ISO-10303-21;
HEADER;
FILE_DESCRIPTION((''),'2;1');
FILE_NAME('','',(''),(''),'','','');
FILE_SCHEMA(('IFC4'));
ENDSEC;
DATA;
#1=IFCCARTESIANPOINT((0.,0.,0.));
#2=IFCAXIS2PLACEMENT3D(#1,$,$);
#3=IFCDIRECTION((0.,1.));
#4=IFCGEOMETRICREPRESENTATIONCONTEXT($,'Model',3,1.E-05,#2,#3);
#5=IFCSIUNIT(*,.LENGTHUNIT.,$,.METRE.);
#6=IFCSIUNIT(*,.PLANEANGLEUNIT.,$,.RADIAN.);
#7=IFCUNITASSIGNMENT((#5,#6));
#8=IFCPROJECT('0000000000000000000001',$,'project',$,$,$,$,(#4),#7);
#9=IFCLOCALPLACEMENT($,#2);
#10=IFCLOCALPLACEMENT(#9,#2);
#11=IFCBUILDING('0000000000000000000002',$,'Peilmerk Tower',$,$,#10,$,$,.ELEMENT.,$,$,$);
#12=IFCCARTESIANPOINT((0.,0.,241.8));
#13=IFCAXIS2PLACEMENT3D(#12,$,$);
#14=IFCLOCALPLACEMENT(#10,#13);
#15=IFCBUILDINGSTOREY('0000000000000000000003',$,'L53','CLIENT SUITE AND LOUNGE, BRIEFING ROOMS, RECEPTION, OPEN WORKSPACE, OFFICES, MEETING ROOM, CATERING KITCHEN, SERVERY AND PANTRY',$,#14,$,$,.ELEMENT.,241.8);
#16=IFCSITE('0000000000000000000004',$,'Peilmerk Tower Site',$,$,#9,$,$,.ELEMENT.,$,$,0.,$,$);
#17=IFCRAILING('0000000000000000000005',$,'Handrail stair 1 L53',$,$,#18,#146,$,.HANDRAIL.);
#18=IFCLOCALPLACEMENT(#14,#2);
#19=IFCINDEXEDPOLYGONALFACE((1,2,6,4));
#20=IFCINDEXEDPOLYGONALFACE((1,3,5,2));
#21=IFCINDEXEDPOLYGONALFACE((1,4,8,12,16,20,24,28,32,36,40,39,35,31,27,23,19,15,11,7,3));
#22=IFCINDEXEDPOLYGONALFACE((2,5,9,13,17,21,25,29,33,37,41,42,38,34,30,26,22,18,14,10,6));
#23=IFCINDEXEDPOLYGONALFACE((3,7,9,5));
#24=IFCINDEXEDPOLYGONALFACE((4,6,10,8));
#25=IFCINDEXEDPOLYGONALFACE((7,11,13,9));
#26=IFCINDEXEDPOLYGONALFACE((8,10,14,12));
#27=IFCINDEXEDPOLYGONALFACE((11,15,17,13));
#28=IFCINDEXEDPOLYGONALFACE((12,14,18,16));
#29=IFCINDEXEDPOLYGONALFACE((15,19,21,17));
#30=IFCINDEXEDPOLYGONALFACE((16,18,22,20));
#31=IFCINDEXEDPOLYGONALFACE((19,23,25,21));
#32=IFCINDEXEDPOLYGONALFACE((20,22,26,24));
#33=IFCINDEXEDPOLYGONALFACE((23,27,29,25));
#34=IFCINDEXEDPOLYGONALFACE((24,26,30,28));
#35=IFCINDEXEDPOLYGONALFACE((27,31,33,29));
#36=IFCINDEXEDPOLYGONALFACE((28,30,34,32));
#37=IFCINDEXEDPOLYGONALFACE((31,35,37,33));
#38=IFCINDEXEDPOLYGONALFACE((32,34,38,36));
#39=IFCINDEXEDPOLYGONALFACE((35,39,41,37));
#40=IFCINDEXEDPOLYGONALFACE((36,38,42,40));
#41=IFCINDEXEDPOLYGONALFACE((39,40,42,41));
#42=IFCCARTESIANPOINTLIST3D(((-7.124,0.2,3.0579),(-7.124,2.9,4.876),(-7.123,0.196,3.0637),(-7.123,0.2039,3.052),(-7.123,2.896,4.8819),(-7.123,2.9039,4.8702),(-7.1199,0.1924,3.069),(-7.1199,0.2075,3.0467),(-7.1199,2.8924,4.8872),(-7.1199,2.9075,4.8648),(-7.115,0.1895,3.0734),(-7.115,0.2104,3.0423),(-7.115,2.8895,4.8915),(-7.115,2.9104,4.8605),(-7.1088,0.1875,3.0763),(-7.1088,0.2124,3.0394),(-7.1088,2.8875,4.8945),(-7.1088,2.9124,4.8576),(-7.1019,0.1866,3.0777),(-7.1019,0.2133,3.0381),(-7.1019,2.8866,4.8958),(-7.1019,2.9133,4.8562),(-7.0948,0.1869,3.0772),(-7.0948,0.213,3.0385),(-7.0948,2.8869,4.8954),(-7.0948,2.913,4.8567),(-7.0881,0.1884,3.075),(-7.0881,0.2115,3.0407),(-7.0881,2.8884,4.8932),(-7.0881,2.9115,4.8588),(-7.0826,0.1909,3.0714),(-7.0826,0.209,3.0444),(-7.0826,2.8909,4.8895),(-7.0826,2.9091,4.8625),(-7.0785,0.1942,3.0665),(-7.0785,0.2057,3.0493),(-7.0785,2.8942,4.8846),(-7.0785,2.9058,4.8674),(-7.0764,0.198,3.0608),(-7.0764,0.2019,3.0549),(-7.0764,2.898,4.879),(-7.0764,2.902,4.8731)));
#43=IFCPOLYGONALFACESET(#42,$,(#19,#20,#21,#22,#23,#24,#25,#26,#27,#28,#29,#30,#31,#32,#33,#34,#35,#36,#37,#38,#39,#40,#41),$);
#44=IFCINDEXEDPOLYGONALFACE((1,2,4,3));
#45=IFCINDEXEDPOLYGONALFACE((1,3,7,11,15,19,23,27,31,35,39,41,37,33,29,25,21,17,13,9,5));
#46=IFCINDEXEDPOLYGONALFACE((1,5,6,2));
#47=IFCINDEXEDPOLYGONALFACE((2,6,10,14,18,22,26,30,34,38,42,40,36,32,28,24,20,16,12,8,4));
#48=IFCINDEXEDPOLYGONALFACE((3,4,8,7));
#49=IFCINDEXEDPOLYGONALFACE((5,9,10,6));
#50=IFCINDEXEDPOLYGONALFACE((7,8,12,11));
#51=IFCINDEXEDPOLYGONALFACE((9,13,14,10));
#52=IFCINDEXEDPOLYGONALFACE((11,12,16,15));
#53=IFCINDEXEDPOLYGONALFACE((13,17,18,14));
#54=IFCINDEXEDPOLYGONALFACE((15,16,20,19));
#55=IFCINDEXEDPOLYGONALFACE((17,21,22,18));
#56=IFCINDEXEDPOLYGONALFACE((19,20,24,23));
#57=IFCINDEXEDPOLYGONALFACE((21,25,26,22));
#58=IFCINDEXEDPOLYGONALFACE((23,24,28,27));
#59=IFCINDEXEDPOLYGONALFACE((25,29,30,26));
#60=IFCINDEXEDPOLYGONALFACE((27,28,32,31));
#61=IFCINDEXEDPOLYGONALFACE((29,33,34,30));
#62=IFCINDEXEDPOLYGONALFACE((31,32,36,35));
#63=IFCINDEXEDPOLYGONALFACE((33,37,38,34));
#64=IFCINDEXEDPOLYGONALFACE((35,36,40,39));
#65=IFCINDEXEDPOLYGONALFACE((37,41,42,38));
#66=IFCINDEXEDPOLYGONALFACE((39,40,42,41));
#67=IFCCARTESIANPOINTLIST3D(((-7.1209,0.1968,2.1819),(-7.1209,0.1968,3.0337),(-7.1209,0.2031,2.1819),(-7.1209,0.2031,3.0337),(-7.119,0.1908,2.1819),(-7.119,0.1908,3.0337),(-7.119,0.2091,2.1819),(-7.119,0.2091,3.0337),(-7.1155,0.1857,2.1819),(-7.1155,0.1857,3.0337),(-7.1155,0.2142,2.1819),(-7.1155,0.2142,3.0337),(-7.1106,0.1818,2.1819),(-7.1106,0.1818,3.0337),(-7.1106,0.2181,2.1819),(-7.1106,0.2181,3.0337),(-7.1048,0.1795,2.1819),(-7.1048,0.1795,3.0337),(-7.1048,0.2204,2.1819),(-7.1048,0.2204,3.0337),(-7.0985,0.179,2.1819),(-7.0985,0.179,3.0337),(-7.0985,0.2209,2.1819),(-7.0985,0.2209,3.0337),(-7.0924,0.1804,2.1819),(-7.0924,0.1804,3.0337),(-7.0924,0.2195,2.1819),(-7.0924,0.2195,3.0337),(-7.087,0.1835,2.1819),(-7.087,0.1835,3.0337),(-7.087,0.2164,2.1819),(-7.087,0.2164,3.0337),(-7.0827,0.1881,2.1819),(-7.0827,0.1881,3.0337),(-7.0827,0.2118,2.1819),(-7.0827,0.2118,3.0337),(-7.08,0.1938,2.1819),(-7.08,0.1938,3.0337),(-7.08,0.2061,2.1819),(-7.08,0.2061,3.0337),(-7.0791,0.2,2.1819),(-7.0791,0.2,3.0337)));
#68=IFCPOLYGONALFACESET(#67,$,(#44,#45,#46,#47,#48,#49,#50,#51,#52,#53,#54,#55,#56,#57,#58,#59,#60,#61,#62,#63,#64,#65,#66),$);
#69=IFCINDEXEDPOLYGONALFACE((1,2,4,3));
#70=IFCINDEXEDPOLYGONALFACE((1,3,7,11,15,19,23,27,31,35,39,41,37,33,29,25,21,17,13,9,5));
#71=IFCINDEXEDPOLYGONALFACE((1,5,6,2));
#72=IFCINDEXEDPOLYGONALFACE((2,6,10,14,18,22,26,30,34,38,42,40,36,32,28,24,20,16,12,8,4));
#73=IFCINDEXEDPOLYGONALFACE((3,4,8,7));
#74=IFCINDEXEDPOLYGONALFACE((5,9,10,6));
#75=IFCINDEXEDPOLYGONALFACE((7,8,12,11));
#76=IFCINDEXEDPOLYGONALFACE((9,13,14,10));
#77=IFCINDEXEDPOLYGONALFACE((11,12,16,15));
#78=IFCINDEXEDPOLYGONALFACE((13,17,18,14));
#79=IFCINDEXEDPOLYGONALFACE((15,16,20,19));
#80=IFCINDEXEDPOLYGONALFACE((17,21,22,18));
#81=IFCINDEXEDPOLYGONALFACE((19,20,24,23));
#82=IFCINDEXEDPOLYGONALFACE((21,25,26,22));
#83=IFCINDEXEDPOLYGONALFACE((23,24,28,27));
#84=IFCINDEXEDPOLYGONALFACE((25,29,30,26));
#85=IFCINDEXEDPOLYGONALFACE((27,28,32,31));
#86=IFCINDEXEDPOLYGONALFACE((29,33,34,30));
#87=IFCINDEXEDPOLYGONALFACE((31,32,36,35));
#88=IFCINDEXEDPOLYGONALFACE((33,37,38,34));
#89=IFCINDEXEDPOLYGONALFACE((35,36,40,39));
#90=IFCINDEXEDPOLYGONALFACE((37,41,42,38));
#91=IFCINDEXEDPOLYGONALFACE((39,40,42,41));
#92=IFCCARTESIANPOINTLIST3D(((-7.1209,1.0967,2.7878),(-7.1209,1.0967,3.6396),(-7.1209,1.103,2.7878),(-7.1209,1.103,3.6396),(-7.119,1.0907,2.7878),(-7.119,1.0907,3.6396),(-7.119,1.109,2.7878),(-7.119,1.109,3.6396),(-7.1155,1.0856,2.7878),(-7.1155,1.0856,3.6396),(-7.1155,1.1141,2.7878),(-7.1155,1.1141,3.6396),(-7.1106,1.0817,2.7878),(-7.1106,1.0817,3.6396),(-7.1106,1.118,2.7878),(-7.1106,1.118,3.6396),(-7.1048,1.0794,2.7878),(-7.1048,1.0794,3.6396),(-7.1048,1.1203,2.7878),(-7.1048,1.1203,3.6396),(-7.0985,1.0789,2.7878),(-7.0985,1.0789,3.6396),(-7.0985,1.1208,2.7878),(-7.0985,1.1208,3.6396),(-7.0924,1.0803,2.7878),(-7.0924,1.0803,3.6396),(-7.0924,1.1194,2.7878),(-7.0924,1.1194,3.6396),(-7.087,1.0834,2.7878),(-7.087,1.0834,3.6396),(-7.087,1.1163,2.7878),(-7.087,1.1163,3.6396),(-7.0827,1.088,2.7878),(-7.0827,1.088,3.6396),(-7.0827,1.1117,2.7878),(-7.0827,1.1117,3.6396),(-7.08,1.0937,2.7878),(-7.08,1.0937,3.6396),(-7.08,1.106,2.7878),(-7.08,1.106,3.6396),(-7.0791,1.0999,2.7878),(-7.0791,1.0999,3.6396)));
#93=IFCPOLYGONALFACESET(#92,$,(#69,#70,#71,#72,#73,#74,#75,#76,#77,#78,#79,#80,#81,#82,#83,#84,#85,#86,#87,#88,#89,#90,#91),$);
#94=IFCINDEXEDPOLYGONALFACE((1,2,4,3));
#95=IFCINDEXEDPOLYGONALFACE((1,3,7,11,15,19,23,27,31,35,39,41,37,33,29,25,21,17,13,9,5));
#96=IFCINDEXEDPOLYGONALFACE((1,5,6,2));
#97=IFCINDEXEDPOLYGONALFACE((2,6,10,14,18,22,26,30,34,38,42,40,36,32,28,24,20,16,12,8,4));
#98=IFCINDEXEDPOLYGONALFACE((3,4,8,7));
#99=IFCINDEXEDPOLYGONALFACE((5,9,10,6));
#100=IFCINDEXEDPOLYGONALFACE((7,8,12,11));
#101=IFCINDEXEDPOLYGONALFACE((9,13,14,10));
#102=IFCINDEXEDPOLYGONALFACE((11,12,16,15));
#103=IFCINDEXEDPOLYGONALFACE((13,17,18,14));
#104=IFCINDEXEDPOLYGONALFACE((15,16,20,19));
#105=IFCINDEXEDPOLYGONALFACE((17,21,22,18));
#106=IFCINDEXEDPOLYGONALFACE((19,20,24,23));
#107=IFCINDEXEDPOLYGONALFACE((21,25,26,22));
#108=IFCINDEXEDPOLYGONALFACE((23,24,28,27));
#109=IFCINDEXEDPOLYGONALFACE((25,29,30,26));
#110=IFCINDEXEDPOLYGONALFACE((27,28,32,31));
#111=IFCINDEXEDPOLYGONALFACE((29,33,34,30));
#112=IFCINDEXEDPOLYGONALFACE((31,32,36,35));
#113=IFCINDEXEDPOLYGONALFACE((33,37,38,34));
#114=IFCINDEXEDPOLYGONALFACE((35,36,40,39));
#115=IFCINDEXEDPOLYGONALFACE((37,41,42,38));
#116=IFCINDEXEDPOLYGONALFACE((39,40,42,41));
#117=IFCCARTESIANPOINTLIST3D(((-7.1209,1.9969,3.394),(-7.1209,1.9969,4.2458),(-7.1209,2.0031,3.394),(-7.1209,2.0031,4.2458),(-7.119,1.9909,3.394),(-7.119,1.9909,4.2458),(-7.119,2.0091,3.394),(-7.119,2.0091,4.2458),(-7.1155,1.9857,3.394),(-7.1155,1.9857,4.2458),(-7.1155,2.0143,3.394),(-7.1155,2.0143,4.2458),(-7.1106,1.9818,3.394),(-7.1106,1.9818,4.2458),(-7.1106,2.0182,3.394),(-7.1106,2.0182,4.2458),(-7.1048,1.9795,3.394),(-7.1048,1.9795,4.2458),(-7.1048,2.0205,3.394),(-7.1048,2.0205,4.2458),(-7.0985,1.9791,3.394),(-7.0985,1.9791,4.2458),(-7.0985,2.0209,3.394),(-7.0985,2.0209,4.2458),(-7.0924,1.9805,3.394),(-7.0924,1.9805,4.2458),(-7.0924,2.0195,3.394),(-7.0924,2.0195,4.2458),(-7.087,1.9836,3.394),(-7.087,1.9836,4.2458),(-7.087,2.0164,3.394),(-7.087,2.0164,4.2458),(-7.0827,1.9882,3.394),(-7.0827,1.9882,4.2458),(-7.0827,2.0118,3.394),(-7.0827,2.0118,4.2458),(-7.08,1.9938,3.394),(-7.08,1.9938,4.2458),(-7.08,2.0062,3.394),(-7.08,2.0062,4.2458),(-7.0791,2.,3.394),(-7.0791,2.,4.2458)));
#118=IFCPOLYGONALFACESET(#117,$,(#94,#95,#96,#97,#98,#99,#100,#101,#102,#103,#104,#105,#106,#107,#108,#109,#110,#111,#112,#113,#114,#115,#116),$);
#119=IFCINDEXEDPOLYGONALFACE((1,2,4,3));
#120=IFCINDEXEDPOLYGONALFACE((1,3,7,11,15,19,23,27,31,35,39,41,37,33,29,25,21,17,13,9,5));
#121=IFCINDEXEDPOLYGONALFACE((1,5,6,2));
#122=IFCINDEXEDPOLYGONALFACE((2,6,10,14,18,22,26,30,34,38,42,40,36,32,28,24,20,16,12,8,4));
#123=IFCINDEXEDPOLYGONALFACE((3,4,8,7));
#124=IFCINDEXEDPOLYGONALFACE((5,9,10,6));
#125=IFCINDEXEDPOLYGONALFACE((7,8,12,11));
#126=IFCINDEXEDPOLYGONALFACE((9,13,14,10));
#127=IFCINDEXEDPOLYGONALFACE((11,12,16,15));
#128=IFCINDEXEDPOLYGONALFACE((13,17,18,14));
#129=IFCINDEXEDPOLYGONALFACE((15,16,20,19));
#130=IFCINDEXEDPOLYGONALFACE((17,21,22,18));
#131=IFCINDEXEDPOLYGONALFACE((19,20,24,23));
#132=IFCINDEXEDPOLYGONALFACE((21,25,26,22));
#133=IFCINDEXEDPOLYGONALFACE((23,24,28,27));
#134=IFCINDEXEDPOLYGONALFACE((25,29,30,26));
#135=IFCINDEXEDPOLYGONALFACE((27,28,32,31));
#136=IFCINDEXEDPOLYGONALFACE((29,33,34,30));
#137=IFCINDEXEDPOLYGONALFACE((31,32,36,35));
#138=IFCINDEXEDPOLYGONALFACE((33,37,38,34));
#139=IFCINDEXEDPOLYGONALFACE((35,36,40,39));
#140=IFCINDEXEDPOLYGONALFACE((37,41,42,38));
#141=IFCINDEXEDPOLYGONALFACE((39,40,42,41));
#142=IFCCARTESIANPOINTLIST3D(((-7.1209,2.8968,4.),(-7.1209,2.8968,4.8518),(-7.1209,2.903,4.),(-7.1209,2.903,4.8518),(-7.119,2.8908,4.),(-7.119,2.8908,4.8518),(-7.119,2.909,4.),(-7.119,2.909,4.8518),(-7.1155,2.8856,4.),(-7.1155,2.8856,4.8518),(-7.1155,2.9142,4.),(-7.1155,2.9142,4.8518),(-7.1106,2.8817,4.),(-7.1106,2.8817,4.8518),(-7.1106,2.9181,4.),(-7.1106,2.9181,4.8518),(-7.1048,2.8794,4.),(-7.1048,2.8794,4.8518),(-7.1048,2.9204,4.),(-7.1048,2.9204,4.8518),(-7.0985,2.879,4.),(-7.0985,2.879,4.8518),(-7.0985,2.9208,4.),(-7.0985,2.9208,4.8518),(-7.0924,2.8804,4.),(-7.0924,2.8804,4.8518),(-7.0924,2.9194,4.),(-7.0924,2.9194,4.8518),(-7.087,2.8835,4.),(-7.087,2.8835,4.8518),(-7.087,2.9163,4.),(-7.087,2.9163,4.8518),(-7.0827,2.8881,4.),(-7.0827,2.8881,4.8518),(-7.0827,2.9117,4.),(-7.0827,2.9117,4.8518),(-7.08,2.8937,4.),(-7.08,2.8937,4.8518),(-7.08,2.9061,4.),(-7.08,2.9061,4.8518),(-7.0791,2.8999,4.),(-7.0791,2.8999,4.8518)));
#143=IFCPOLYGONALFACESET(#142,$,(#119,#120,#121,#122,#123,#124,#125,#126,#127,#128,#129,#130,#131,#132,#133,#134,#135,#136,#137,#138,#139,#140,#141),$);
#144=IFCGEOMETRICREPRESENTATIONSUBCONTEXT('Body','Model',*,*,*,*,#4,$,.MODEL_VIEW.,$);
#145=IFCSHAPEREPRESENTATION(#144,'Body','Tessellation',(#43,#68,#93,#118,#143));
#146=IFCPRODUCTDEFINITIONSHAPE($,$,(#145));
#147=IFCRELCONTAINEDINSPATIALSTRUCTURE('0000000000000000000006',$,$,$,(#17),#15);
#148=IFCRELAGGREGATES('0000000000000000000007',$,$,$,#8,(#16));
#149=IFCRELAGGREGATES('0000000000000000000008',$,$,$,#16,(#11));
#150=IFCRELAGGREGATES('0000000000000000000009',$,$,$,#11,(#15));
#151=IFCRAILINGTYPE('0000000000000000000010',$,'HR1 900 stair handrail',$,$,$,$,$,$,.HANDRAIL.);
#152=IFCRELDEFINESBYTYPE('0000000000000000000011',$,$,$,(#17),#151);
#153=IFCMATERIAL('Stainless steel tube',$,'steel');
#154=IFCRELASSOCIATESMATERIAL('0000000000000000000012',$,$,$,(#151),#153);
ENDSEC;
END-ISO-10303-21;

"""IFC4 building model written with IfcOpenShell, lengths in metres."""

from ifc_helpers import new_model, si_unit, direction, frame, origin, origin_2d, place, context, subcontext, project, spatial, circle, extrude, material, type_object, element, save


model = new_model("IFC4")

# Units and contexts
model_context = context("Model", 3, precision=1e-05, world=origin(), true_north=direction((0.0, 1.0)))
body_context = subcontext(model_context, "Body", "Model", "MODEL_VIEW")
ifc_project = project(units=[si_unit("LENGTHUNIT", "METRE"), si_unit("PLANEANGLEUNIT", "RADIAN")], contexts=[model_context])

# Site, building, storey
site_placement = place(None, origin())
site = spatial("IfcSite", under=ifc_project, at=site_placement, Name="Peilmerk Tower Site", CompositionType="ELEMENT", RefElevation=0.0)
building_placement = place(site_placement, origin())
building = spatial("IfcBuilding", under=site, at=building_placement, Name="Peilmerk Tower", CompositionType="ELEMENT")
storey_placement = place(building_placement, frame((0.0, 0.0, 241.8)))
storey = spatial("IfcBuildingStorey", under=building, at=storey_placement, Name="L53", Description="CLIENT SUITE AND LOUNGE, BRIEFING ROOMS, RECEPTION, OPEN WORKSPACE, OFFICES, MEETING ROOM, CATERING KITCHEN, SERVERY AND PANTRY", CompositionType="ELEMENT", Elevation=241.8)

# Railing
ifc_material_1 = material(Name="Stainless steel tube", Category="steel")
railing_type_1 = type_object("IfcRailingType", Name="HR1 900 stair handrail", PredefinedType="HANDRAIL", material=ifc_material_1)
railing_1_placement = place(storey_placement, frame((-7.1001, 0.2, 2.1819)))
element("IfcRailing", 1, at=railing_1_placement, inside=storey, type_object=railing_type_1, Name="Handrail stair 1 L53", PredefinedType="HANDRAIL", context=body_context, shape_type="SweptSolid", body=[
    extrude(circle(Radius=0.0239, at=origin_2d()), frame((0.0, 0.0, 0.876), z_axis=(0.0, 0.829468, 0.558554), x_axis=(-1.0, 0.0, 0.0)), (0.0, 0.0, 1.0), 3.2551),
    extrude(circle(Radius=0.021, at=origin_2d()), origin(), (0.0, 0.0, 1.0), 0.8518),
    extrude(circle(Radius=0.021, at=origin_2d()), frame((0.0, 0.8999, 0.606)), (0.0, 0.0, 1.0), 0.8518),
    extrude(circle(Radius=0.021, at=origin_2d()), frame((0.0, 1.8, 1.2122)), (0.0, 0.0, 1.0), 0.8518),
    extrude(circle(Radius=0.021, at=origin_2d()), frame((0.0, 2.7, 1.8181)), (0.0, 0.0, 1.0), 0.8518),
])

save(model, "model.ifc")
